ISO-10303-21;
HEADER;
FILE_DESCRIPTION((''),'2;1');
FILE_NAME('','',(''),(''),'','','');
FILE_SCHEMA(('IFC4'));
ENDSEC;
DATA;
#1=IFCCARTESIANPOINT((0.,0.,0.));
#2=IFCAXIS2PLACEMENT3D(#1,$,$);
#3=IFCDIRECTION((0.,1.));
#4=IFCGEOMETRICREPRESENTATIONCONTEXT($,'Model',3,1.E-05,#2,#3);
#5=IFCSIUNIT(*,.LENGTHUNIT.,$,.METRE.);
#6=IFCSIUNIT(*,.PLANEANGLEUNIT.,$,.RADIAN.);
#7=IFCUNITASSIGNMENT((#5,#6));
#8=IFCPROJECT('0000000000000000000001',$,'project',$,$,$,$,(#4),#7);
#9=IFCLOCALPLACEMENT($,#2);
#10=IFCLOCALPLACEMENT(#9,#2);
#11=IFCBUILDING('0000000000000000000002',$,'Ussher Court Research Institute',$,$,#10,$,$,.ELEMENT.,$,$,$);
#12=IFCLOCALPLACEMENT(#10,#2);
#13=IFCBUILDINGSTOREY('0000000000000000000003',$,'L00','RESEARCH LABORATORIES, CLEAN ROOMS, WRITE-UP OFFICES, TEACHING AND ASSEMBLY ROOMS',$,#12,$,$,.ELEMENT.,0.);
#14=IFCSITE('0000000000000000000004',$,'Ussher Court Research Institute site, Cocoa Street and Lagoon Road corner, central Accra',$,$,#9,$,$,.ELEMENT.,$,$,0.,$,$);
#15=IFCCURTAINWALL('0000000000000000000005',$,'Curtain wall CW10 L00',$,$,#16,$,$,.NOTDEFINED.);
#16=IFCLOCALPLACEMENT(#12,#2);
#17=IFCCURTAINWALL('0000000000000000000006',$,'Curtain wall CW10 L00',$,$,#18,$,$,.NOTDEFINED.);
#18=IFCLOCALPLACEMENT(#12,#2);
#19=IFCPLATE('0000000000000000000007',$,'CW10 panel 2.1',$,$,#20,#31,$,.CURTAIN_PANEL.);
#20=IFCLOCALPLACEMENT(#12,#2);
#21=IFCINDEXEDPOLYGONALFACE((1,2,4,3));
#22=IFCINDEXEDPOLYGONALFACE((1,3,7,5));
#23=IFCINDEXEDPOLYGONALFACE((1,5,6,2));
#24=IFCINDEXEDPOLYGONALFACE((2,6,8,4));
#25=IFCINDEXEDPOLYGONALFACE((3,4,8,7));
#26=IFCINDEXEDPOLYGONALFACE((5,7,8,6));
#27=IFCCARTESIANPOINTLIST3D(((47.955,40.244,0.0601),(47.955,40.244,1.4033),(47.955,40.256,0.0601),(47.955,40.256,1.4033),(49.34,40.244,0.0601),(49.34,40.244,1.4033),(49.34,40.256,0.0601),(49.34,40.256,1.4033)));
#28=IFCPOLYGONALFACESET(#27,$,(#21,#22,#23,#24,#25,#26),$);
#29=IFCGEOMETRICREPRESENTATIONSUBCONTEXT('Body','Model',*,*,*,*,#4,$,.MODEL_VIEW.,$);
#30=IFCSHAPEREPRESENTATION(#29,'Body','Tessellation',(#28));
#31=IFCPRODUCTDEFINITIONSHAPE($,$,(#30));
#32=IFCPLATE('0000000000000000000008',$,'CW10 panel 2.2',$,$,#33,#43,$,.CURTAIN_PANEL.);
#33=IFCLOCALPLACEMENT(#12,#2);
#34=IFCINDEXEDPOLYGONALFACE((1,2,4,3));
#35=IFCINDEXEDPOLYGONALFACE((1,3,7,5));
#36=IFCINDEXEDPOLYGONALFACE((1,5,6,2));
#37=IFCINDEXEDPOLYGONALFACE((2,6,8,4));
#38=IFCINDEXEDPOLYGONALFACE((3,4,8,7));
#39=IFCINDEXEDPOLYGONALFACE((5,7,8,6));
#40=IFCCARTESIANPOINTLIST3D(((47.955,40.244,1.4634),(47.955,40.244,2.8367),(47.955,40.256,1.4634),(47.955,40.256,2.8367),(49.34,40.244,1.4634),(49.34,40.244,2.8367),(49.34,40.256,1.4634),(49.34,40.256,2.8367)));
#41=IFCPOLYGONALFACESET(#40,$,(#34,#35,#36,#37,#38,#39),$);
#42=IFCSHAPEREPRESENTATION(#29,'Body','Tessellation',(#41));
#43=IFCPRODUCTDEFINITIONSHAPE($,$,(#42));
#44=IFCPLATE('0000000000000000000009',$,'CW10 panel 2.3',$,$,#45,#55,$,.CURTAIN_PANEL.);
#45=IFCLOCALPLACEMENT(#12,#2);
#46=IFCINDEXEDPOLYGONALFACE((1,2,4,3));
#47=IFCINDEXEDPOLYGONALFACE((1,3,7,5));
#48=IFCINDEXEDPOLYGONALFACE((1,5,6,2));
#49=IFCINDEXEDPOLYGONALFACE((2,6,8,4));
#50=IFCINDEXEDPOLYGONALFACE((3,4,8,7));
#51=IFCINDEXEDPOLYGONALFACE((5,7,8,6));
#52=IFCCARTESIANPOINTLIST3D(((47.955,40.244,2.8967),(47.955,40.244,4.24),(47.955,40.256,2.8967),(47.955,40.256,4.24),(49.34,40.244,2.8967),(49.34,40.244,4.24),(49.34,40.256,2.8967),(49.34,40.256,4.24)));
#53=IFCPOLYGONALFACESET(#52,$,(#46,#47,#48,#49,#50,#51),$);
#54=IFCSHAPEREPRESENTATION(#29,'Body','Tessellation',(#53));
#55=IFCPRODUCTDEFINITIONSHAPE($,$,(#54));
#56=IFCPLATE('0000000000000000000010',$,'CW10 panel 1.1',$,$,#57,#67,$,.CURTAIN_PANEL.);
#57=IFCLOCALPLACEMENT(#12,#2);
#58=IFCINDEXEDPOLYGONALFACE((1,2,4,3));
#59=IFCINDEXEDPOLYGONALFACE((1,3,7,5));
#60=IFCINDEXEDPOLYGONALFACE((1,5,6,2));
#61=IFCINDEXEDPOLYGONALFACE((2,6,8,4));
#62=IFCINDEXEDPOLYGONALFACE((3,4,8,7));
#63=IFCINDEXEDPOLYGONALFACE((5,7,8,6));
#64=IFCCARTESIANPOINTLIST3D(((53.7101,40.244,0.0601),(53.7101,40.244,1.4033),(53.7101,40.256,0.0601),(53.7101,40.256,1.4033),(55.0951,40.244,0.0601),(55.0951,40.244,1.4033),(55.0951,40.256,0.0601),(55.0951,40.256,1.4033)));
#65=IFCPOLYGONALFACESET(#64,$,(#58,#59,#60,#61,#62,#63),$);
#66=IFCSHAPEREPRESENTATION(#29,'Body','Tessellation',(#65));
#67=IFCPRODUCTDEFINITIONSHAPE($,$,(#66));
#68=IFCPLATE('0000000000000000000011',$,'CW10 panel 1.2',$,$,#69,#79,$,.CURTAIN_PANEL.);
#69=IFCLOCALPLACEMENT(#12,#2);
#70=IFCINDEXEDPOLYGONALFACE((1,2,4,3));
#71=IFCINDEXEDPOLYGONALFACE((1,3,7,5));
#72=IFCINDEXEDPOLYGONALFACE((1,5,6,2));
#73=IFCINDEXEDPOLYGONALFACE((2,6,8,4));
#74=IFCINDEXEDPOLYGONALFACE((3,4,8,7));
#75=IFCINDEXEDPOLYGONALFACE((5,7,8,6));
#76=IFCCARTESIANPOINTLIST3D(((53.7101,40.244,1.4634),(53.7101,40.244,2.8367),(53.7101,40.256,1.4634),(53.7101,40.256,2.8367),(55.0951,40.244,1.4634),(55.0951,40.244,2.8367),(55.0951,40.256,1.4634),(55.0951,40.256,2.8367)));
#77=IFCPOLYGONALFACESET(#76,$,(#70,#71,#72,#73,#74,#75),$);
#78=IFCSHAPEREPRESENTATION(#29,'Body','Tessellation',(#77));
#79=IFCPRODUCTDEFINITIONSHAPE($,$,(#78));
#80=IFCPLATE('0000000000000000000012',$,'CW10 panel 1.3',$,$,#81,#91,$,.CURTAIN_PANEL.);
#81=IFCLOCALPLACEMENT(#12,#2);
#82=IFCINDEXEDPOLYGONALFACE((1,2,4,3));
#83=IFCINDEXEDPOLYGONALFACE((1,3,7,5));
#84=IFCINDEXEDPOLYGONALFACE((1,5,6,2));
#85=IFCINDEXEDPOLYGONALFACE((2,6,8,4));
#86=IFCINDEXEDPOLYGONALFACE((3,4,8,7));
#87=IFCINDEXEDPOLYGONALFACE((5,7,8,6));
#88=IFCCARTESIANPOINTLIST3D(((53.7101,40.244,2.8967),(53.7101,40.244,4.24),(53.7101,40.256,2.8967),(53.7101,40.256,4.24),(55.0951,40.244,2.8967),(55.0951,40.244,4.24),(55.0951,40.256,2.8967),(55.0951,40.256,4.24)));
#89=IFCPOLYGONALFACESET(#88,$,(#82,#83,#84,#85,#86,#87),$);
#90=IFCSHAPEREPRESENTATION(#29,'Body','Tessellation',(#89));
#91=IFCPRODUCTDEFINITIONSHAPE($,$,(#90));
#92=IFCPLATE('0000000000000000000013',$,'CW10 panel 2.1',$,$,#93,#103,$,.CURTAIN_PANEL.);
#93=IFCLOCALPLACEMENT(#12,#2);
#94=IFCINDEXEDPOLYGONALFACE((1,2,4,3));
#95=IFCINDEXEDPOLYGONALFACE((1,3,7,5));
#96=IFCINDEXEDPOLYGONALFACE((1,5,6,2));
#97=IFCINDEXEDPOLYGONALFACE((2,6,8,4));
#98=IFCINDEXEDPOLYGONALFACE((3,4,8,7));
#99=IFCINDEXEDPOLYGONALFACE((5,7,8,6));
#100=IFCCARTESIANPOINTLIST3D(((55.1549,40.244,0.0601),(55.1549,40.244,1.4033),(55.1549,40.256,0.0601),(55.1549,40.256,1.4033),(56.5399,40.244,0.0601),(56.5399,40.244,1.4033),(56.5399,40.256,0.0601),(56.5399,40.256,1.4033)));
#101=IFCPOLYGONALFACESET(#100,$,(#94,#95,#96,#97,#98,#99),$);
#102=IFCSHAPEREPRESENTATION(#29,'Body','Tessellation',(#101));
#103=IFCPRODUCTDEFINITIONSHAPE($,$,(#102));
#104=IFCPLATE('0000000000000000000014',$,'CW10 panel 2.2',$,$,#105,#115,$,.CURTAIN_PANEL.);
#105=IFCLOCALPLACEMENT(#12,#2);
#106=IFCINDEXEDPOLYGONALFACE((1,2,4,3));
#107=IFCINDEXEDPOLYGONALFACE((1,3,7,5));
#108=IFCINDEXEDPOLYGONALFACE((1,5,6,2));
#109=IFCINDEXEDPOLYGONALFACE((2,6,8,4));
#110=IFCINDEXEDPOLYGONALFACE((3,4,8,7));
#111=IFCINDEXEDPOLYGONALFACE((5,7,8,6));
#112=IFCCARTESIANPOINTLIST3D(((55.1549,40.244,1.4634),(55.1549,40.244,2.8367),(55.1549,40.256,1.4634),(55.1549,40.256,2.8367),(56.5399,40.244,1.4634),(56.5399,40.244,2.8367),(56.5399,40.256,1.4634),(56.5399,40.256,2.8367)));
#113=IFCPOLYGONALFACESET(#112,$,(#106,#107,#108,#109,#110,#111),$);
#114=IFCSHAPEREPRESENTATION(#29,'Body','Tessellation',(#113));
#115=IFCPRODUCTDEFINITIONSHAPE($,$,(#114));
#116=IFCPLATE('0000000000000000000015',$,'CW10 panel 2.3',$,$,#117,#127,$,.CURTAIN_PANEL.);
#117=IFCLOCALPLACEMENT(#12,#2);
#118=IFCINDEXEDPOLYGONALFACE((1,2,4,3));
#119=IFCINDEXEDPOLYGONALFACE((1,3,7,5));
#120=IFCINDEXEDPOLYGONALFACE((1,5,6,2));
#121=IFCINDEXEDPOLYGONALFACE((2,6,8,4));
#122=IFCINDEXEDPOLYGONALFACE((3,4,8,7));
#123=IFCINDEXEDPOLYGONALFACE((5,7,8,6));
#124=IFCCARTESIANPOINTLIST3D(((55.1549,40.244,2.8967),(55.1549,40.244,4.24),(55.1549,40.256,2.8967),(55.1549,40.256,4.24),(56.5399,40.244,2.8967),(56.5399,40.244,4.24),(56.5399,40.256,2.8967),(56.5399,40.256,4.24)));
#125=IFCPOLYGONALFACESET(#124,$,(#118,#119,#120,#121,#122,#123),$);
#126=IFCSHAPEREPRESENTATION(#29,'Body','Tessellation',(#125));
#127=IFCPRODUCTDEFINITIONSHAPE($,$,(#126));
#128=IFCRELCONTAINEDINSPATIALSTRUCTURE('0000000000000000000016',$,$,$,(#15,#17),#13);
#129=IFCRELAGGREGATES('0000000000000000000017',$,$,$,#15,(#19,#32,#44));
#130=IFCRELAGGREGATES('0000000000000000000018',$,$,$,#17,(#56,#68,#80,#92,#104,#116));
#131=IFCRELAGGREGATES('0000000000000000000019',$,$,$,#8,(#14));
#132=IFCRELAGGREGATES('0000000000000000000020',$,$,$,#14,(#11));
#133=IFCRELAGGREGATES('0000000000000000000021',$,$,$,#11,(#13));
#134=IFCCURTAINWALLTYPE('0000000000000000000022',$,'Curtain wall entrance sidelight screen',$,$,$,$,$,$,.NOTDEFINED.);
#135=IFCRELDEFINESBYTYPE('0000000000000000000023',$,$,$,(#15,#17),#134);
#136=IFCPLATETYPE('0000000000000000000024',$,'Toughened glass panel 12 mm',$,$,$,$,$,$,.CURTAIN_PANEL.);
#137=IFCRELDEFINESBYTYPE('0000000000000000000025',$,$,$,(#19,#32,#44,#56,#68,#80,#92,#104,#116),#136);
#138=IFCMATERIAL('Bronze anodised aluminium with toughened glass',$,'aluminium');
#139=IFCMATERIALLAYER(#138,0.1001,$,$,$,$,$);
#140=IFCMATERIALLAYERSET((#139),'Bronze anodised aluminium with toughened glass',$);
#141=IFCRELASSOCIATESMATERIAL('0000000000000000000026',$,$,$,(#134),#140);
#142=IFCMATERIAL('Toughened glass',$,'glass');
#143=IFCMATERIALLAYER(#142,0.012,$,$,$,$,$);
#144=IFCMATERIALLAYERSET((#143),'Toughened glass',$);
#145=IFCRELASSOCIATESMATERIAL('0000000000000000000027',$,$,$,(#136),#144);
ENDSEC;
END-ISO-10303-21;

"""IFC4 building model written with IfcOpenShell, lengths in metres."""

from ifc_helpers import new_model, si_unit, direction, frame, origin, origin_2d, place, context, subcontext, project, spatial, rectangle, extrude, material, layer, layer_set, type_object, element, aggregate, save


model = new_model("IFC4")

# Units and contexts
model_context = context("Model", 3, precision=1e-05, world=origin(), true_north=direction((0.0, 1.0)))
body_context = subcontext(model_context, "Body", "Model", "MODEL_VIEW")
ifc_project = project(units=[si_unit("LENGTHUNIT", "METRE"), si_unit("PLANEANGLEUNIT", "RADIAN")], contexts=[model_context])

# Site, building, storey
site_placement = place(None, origin())
site = spatial("IfcSite", under=ifc_project, at=site_placement, Name="Ussher Court Research Institute site, Cocoa Street and Lagoon Road corner, central Accra", CompositionType="ELEMENT", RefElevation=0.0)
building_placement = place(site_placement, origin())
building = spatial("IfcBuilding", under=site, at=building_placement, Name="Ussher Court Research Institute", CompositionType="ELEMENT")
storey_placement = place(building_placement, origin())
storey = spatial("IfcBuildingStorey", under=building, at=storey_placement, Name="L00", Description="RESEARCH LABORATORIES, CLEAN ROOMS, WRITE-UP OFFICES, TEACHING AND ASSEMBLY ROOMS", CompositionType="ELEMENT", Elevation=0.0)

# Curtain wall
ifc_material_1 = material(Name="Bronze anodised aluminium with toughened glass", Category="aluminium")
ifc_layer_1 = layer(ifc_material_1, 0.1001)
ifc_layer_set_1 = layer_set([ifc_layer_1], Name="Bronze anodised aluminium with toughened glass")
curtain_wall_type = type_object("IfcCurtainWallType", Name="Curtain wall entrance sidelight screen", PredefinedType="NOTDEFINED", material=ifc_layer_set_1)
curtain_wall_1_placement = place(storey_placement, origin())
curtain_wall_1 = element("IfcCurtainWall", 1, at=curtain_wall_1_placement, inside=storey, type_object=curtain_wall_type, Name="Curtain wall CW10 L00", PredefinedType="NOTDEFINED")

# Curtain wall
curtain_wall_2_placement = place(storey_placement, origin())
curtain_wall_2 = element("IfcCurtainWall", 2, at=curtain_wall_2_placement, inside=storey, type_object=curtain_wall_type, Name="Curtain wall CW10 L00", PredefinedType="NOTDEFINED")

# Plates
ifc_material_2 = material(Name="Toughened glass", Category="glass")
ifc_layer_2 = layer(ifc_material_2, 0.012)
ifc_layer_set_2 = layer_set([ifc_layer_2], Name="Toughened glass")
plate_type = type_object("IfcPlateType", Name="Toughened glass panel 12 mm", PredefinedType="CURTAIN_PANEL", material=ifc_layer_set_2)
plate_1_placement = place(storey_placement, frame((48.6475, 40.25, 0.0601), z_axis=(0.0, 0.0, 1.0), x_axis=(1.0, 0.0, 0.0)))
plate_1 = element("IfcPlate", 3, at=plate_1_placement, type_object=plate_type, Name="CW10 panel 2.1", PredefinedType="CURTAIN_PANEL", context=body_context, shape_type="SweptSolid", body=[
    extrude(rectangle(XDim=1.385, YDim=0.012, at=origin_2d()), origin(), (0.0, 0.0, 1.0), 1.3433),
])
plate_2_placement = place(storey_placement, frame((48.6475, 40.25, 1.4634), z_axis=(0.0, 0.0, 1.0), x_axis=(1.0, 0.0, 0.0)))
plate_2 = element("IfcPlate", 4, at=plate_2_placement, type_object=plate_type, Name="CW10 panel 2.2", PredefinedType="CURTAIN_PANEL", context=body_context, shape_type="SweptSolid", body=[
    extrude(rectangle(XDim=1.385, YDim=0.012, at=origin_2d()), origin(), (0.0, 0.0, 1.0), 1.3733),
])
plate_3_placement = place(storey_placement, frame((48.6475, 40.25, 2.8967), z_axis=(0.0, 0.0, 1.0), x_axis=(1.0, 0.0, 0.0)))
plate_3 = element("IfcPlate", 5, at=plate_3_placement, type_object=plate_type, Name="CW10 panel 2.3", PredefinedType="CURTAIN_PANEL", context=body_context, shape_type="SweptSolid", body=[
    extrude(rectangle(XDim=1.385, YDim=0.012, at=origin_2d()), origin(), (0.0, 0.0, 1.0), 1.3433),
])
aggregate(curtain_wall_1, [plate_1, plate_2, plate_3])
plate_4_placement = place(storey_placement, frame((54.4026, 40.25, 0.0601), z_axis=(0.0, 0.0, 1.0), x_axis=(1.0, 0.0, 0.0)))
plate_4 = element("IfcPlate", 6, at=plate_4_placement, type_object=plate_type, Name="CW10 panel 1.1", PredefinedType="CURTAIN_PANEL", context=body_context, shape_type="SweptSolid", body=[
    extrude(rectangle(XDim=1.385, YDim=0.012, at=origin_2d()), origin(), (0.0, 0.0, 1.0), 1.3433),
])
plate_5_placement = place(storey_placement, frame((54.4026, 40.25, 1.4634), z_axis=(0.0, 0.0, 1.0), x_axis=(1.0, 0.0, 0.0)))
plate_5 = element("IfcPlate", 7, at=plate_5_placement, type_object=plate_type, Name="CW10 panel 1.2", PredefinedType="CURTAIN_PANEL", context=body_context, shape_type="SweptSolid", body=[
    extrude(rectangle(XDim=1.385, YDim=0.012, at=origin_2d()), origin(), (0.0, 0.0, 1.0), 1.3733),
])
plate_6_placement = place(storey_placement, frame((54.4026, 40.25, 2.8967), z_axis=(0.0, 0.0, 1.0), x_axis=(1.0, 0.0, 0.0)))
plate_6 = element("IfcPlate", 8, at=plate_6_placement, type_object=plate_type, Name="CW10 panel 1.3", PredefinedType="CURTAIN_PANEL", context=body_context, shape_type="SweptSolid", body=[
    extrude(rectangle(XDim=1.385, YDim=0.012, at=origin_2d()), origin(), (0.0, 0.0, 1.0), 1.3433),
])
plate_7_placement = place(storey_placement, frame((55.8474, 40.25, 0.0601), z_axis=(0.0, 0.0, 1.0), x_axis=(1.0, 0.0, 0.0)))
plate_7 = element("IfcPlate", 9, at=plate_7_placement, type_object=plate_type, Name="CW10 panel 2.1", PredefinedType="CURTAIN_PANEL", context=body_context, shape_type="SweptSolid", body=[
    extrude(rectangle(XDim=1.385, YDim=0.012, at=origin_2d()), origin(), (0.0, 0.0, 1.0), 1.3433),
])
plate_8_placement = place(storey_placement, frame((55.8474, 40.25, 1.4634), z_axis=(0.0, 0.0, 1.0), x_axis=(1.0, 0.0, 0.0)))
plate_8 = element("IfcPlate", 10, at=plate_8_placement, type_object=plate_type, Name="CW10 panel 2.2", PredefinedType="CURTAIN_PANEL", context=body_context, shape_type="SweptSolid", body=[
    extrude(rectangle(XDim=1.385, YDim=0.012, at=origin_2d()), origin(), (0.0, 0.0, 1.0), 1.3733),
])
plate_9_placement = place(storey_placement, frame((55.8474, 40.25, 2.8967), z_axis=(0.0, 0.0, 1.0), x_axis=(1.0, 0.0, 0.0)))
plate_9 = element("IfcPlate", 11, at=plate_9_placement, type_object=plate_type, Name="CW10 panel 2.3", PredefinedType="CURTAIN_PANEL", context=body_context, shape_type="SweptSolid", body=[
    extrude(rectangle(XDim=1.385, YDim=0.012, at=origin_2d()), origin(), (0.0, 0.0, 1.0), 1.3433),
])
aggregate(curtain_wall_2, [plate_4, plate_5, plate_6, plate_7, plate_8, plate_9])

save(model, "model.ifc")
